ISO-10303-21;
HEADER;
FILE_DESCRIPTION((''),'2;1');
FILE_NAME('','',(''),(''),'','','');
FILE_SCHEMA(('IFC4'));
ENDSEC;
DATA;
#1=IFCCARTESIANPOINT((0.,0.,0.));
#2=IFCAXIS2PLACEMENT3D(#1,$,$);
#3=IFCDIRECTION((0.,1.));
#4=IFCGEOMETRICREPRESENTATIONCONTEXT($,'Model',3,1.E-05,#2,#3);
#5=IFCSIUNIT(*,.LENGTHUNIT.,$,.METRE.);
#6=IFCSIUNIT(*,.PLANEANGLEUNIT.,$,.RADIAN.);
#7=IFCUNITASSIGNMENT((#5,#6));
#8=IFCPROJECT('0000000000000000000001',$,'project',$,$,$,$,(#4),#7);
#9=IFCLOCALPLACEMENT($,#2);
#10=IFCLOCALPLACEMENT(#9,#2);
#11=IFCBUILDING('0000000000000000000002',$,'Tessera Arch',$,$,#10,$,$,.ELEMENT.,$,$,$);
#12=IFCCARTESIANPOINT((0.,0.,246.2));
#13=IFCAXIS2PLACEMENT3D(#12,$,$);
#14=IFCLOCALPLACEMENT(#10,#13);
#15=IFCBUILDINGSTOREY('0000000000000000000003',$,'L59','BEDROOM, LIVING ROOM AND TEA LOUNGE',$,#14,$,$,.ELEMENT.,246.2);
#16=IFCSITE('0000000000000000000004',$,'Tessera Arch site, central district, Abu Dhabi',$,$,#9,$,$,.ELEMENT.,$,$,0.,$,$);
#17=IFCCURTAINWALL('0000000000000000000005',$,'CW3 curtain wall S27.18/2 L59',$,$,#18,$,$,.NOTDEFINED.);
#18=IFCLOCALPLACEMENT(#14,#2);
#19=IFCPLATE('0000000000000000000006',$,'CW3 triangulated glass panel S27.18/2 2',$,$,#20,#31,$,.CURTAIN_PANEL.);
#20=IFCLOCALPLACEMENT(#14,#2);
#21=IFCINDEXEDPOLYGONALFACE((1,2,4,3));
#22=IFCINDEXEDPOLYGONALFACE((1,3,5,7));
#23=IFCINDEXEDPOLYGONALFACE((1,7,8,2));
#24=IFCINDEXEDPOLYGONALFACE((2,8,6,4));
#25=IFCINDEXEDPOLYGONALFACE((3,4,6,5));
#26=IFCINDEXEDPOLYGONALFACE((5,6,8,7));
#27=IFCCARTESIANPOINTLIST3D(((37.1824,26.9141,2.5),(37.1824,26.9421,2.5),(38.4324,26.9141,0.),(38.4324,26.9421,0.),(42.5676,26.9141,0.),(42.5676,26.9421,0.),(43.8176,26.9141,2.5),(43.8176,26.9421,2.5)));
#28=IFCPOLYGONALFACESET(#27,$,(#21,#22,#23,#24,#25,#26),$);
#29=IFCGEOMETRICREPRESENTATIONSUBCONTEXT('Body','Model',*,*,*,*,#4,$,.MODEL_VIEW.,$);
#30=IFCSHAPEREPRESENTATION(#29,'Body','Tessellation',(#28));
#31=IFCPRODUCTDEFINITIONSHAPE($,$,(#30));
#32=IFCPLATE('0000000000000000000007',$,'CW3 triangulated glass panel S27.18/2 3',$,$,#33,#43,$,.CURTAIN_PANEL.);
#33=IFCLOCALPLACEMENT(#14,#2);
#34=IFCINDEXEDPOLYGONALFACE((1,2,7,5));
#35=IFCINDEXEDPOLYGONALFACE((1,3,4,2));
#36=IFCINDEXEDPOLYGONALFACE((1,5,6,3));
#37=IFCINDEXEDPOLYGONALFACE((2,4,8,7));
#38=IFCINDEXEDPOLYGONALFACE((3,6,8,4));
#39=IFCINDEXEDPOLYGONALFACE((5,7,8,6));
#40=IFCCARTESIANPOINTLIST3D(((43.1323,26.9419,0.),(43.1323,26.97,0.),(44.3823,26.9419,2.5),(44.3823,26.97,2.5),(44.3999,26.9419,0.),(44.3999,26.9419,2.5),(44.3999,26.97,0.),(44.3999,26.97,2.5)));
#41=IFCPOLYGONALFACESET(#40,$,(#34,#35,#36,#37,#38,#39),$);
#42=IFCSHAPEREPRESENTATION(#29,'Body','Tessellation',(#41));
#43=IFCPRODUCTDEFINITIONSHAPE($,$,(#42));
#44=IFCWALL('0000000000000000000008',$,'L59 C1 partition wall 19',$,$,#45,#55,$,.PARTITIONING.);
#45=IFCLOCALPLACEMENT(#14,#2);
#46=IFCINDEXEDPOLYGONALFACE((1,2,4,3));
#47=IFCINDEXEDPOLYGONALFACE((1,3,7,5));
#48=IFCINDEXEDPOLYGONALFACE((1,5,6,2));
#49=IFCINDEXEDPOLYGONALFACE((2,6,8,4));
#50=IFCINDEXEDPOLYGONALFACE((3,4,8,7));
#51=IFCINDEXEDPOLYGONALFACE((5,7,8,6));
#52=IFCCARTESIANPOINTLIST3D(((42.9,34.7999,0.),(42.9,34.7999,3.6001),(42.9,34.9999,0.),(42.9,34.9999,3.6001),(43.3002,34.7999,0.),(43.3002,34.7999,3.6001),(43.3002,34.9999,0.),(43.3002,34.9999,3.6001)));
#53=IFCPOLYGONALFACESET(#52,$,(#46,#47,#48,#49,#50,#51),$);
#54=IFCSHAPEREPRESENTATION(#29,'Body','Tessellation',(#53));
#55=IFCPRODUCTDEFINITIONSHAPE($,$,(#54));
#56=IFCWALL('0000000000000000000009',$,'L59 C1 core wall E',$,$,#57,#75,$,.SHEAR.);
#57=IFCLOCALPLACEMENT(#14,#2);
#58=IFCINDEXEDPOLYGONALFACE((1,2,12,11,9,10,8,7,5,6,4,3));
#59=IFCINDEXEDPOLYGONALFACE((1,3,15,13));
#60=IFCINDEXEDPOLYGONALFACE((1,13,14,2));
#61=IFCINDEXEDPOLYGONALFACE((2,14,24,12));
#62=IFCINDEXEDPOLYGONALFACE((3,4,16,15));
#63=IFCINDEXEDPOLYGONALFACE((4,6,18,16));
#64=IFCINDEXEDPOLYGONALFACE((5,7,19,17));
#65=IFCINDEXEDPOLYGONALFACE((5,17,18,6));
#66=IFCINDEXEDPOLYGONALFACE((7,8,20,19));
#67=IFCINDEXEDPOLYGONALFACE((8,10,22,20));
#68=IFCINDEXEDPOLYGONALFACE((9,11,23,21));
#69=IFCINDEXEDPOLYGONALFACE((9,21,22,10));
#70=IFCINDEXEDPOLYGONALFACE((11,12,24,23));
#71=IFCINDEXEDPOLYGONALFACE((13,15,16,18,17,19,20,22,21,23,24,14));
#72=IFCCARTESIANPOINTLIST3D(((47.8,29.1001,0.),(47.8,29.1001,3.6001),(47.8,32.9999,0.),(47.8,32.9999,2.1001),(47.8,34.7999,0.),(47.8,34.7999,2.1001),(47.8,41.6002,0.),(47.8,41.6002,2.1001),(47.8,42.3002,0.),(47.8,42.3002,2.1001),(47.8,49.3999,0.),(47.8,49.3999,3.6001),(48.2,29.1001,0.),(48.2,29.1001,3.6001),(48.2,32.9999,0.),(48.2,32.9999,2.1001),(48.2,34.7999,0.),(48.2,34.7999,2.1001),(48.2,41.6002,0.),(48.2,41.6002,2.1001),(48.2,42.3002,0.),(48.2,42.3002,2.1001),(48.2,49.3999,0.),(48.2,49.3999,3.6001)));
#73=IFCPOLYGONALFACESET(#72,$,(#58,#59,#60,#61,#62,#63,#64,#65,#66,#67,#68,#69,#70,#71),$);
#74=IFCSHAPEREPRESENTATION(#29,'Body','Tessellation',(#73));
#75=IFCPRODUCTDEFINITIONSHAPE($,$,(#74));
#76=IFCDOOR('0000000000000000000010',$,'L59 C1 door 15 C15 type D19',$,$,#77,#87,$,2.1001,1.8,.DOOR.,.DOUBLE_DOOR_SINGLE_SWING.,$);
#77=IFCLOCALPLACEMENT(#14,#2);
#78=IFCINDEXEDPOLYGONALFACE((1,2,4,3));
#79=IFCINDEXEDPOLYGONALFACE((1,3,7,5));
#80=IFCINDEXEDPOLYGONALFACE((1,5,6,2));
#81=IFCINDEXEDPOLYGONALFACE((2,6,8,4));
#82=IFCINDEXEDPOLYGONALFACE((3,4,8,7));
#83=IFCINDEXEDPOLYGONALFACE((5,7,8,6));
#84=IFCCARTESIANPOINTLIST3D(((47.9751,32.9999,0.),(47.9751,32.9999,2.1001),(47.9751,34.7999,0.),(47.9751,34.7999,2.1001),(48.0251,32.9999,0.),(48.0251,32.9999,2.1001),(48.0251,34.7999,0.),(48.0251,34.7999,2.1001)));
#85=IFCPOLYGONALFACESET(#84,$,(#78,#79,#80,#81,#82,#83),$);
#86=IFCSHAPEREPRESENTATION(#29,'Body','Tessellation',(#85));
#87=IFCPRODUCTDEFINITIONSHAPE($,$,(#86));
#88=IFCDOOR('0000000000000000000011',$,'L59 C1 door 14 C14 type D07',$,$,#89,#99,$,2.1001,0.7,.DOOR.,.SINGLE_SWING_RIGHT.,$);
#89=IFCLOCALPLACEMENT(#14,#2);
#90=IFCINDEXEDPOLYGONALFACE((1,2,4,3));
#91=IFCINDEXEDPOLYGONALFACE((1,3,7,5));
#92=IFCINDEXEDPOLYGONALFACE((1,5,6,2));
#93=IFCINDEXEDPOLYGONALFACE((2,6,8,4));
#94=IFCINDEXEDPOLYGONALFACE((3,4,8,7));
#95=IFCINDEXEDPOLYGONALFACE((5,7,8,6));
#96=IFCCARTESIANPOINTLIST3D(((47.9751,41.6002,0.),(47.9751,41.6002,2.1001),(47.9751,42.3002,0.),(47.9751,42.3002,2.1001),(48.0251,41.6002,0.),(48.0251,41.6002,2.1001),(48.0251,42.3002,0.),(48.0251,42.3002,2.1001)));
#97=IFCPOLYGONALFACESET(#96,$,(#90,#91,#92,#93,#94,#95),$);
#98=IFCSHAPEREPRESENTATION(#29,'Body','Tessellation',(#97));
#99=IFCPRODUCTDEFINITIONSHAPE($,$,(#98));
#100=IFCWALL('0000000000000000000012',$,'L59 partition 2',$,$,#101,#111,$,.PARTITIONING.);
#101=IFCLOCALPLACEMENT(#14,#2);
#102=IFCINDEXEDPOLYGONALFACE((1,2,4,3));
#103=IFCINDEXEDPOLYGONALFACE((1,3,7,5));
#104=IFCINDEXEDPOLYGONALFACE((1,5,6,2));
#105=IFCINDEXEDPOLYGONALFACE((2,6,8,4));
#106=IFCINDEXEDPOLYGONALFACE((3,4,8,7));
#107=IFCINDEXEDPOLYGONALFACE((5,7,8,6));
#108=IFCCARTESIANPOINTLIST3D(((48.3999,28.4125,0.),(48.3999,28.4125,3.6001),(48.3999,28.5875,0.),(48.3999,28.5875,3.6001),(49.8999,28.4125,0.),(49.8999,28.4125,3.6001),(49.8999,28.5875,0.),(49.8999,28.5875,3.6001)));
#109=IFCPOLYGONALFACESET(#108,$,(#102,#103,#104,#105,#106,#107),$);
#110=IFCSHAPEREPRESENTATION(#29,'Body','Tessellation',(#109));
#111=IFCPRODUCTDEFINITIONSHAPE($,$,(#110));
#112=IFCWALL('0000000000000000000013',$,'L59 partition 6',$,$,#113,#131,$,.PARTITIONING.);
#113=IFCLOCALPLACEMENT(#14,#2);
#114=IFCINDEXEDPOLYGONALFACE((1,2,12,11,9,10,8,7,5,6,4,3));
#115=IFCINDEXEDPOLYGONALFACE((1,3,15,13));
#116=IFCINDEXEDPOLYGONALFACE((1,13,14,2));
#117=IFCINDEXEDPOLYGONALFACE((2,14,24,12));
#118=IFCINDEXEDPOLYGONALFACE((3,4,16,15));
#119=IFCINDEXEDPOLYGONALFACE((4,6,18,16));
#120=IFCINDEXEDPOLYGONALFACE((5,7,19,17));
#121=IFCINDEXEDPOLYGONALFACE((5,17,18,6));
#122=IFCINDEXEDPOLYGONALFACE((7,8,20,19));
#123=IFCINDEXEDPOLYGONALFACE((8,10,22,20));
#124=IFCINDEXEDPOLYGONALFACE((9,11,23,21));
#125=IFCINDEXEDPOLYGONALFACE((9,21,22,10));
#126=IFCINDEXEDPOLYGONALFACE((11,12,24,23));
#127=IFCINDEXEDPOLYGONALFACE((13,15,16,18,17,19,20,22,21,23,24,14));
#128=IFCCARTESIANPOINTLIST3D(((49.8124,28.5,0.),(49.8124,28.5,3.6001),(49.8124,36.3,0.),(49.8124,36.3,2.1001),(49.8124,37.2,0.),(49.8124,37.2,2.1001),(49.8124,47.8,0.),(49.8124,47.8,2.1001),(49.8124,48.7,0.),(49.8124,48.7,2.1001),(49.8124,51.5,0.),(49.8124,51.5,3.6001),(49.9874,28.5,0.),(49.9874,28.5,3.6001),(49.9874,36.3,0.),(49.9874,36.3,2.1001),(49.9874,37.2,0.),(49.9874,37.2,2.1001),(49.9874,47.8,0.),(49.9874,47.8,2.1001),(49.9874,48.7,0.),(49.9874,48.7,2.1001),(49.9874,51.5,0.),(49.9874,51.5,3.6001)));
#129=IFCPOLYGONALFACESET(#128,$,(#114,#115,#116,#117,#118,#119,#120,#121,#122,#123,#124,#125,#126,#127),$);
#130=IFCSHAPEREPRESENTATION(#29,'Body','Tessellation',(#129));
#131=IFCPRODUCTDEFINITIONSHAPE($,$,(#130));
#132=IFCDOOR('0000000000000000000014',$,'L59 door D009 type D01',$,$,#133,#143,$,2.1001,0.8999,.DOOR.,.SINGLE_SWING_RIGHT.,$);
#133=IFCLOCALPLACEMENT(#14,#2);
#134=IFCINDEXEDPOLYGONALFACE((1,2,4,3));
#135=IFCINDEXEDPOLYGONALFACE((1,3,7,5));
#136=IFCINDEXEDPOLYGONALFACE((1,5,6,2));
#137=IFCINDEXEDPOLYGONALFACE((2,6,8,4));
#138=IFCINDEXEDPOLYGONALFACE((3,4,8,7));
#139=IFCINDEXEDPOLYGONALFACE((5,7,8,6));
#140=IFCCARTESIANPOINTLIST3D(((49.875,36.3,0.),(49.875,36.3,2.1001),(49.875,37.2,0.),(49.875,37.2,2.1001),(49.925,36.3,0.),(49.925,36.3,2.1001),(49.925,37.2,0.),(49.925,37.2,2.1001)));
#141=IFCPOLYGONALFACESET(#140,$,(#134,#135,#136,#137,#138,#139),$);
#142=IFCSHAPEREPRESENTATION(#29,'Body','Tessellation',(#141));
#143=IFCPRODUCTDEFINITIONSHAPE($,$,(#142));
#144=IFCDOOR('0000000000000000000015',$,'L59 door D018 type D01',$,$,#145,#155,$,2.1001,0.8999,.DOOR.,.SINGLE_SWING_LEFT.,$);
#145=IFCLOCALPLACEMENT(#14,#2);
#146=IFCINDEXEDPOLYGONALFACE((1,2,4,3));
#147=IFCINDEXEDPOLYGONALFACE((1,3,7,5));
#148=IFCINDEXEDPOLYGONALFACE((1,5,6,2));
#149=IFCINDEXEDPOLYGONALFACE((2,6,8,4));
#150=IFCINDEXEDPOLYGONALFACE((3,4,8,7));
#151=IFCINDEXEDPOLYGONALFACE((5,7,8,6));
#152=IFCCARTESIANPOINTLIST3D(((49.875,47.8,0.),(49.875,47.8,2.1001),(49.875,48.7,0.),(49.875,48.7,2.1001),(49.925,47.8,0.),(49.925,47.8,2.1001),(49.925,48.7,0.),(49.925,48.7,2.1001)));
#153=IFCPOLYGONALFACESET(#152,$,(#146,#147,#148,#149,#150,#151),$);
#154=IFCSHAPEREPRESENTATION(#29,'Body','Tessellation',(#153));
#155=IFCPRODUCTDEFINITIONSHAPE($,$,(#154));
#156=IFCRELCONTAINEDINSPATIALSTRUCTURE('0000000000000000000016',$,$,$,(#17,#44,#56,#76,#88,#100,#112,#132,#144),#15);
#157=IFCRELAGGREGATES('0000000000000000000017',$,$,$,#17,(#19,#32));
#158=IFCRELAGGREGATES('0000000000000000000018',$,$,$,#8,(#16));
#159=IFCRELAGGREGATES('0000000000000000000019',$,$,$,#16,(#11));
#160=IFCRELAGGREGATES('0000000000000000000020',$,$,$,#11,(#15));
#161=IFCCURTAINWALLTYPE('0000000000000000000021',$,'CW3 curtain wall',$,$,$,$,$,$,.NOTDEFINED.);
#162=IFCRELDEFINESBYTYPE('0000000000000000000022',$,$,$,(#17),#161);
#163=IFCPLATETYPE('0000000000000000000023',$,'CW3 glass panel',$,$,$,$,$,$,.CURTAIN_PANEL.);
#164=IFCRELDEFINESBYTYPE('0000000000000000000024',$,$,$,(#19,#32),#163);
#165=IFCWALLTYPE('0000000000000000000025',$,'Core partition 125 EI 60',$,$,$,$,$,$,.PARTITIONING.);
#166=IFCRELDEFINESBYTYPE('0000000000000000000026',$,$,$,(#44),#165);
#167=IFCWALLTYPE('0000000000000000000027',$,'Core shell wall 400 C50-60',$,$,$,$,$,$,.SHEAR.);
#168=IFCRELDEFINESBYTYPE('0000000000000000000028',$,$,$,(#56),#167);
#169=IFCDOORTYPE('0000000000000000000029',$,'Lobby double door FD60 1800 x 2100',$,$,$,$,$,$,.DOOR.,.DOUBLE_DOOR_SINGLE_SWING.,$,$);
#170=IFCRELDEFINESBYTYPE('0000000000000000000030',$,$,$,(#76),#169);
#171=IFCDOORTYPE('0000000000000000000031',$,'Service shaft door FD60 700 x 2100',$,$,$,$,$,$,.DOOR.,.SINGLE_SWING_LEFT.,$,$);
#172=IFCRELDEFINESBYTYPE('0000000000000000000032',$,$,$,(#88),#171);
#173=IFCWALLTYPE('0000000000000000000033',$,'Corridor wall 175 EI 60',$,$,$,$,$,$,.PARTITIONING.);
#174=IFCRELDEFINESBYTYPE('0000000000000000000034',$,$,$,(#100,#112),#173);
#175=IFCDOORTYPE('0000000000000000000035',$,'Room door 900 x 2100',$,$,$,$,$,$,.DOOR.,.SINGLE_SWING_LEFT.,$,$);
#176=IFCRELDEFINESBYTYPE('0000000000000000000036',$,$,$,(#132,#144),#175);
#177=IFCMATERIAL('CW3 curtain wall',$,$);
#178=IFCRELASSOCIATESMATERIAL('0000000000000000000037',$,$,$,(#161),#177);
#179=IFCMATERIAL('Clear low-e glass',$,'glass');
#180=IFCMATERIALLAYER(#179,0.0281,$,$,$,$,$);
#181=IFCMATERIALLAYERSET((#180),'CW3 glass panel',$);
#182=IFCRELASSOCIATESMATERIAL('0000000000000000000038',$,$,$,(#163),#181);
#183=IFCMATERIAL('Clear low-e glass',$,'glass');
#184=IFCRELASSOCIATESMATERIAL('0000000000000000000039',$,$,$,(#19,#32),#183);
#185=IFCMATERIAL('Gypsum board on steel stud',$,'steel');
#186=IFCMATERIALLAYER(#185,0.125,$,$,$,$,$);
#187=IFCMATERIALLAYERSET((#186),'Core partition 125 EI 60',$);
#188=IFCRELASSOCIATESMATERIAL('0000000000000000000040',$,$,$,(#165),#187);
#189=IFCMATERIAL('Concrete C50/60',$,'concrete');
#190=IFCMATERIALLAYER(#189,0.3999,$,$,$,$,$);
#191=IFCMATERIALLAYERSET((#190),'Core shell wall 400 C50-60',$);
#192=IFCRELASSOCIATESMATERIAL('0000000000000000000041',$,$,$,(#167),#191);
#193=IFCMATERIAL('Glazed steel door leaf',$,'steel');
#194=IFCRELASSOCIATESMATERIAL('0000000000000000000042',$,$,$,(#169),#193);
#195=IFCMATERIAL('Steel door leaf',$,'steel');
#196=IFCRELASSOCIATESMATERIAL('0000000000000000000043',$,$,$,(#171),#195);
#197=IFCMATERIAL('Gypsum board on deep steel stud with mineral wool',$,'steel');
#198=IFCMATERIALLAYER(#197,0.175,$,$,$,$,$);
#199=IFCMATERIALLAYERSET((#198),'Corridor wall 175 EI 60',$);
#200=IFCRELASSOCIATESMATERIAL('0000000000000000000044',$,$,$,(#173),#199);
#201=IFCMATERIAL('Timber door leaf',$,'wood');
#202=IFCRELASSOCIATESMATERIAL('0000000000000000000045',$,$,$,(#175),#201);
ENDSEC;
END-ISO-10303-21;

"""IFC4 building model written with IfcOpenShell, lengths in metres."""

from ifc_helpers import new_model, si_unit, direction, frame, frame_2d, origin, place, context, subcontext, project, spatial, polyline, rectangle, outline, extrude, material, layer, layer_set, type_object, element, fill, aggregate, save


model = new_model("IFC4")

# Units and contexts
model_context = context("Model", 3, precision=1e-05, world=origin(), true_north=direction((0.0, 1.0)))
body_context = subcontext(model_context, "Body", "Model", "MODEL_VIEW")
ifc_project = project(units=[si_unit("LENGTHUNIT", "METRE"), si_unit("PLANEANGLEUNIT", "RADIAN")], contexts=[model_context])

# Site, building, storey
site_placement = place(None, origin())
site = spatial("IfcSite", under=ifc_project, at=site_placement, Name="Tessera Arch site, central district, Abu Dhabi", CompositionType="ELEMENT", RefElevation=0.0)
building_placement = place(site_placement, origin())
building = spatial("IfcBuilding", under=site, at=building_placement, Name="Tessera Arch", CompositionType="ELEMENT")
storey_placement = place(building_placement, frame((0.0, 0.0, 246.2)))
storey = spatial("IfcBuildingStorey", under=building, at=storey_placement, Name="L59", Description="BEDROOM, LIVING ROOM AND TEA LOUNGE", CompositionType="ELEMENT", Elevation=246.2)

# Shared definitions
ifc_material_1 = material(Name="CW3 curtain wall")
curtain_wall_type_1 = type_object("IfcCurtainWallType", Name="CW3 curtain wall", PredefinedType="NOTDEFINED", material=ifc_material_1)

# Shared definitions
ifc_material_2 = material(Name="Clear low-e glass", Category="glass")

# Curtain wall, plates
curtain_wall_1_placement = place(storey_placement, origin())
curtain_wall_1 = element("IfcCurtainWall", 1, at=curtain_wall_1_placement, inside=storey, type_object=curtain_wall_type_1, Name="CW3 curtain wall S27.18/2 L59", PredefinedType="NOTDEFINED")
ifc_material_3 = material(Name="Clear low-e glass", Category="glass")
ifc_layer_1 = layer(ifc_material_3, 0.0281)
ifc_layer_set_1 = layer_set([ifc_layer_1], Name="CW3 glass panel")
plate_type_1 = type_object("IfcPlateType", Name="CW3 glass panel", PredefinedType="CURTAIN_PANEL", material=ifc_layer_set_1)
plate_1_placement = place(storey_placement, frame((43.8176, 26.9141, 2.5), z_axis=(0.0, -1.0, 0.0), x_axis=(-1.0, 0.0, 0.0)))
plate_1 = element("IfcPlate", 2, at=plate_1_placement, type_object=plate_type_1, material=ifc_material_2, Name="CW3 triangulated glass panel S27.18/2 2", PredefinedType="CURTAIN_PANEL", context=body_context, shape_type="SweptSolid", body=[
    extrude(outline(polyline([(0.0, 0.0), (6.6353, 0.0), (5.3853, 2.5), (1.25, 2.5), (0.0, 0.0)])), origin(), (0.0, 0.0, -1.0), 0.0281),
])
plate_2_placement = place(storey_placement, frame((44.3999, 26.9419, 2.5), z_axis=(0.0, -1.0, 0.0), x_axis=(-1.0, 0.0, 0.0)))
plate_2 = element("IfcPlate", 3, at=plate_2_placement, type_object=plate_type_1, material=ifc_material_2, Name="CW3 triangulated glass panel S27.18/2 3", PredefinedType="CURTAIN_PANEL", context=body_context, shape_type="SweptSolid", body=[
    extrude(outline(polyline([(0.0, 0.0), (0.0176, 0.0), (1.2676, 2.5), (0.0, 2.5), (0.0, 0.0)])), origin(), (0.0, 0.0, -1.0), 0.0281),
])
aggregate(curtain_wall_1, [plate_1, plate_2])

# Wall
ifc_material_4 = material(Name="Gypsum board on steel stud", Category="steel")
ifc_layer_2 = layer(ifc_material_4, 0.125)
ifc_layer_set_2 = layer_set([ifc_layer_2], Name="Core partition 125 EI 60")
wall_type_1 = type_object("IfcWallType", Name="Core partition 125 EI 60", PredefinedType="PARTITIONING", material=ifc_layer_set_2)
wall_1_placement = place(storey_placement, frame((42.8999, 34.8999, 0.0), z_axis=(0.0, 0.0, 1.0), x_axis=(1.0, 0.0, 0.0)))
element("IfcWall", 4, at=wall_1_placement, inside=storey, type_object=wall_type_1, Name="L59 C1 partition wall 19", PredefinedType="PARTITIONING", context=body_context, shape_type="SweptSolid", body=[
    extrude(rectangle(XDim=0.4001, YDim=0.2, at=frame_2d((0.2002, 0.0))), origin(), (0.0, 0.0, 1.0), 3.6001),
])

# Wall, openings, doors
ifc_material_5 = material(Name="Concrete C50/60", Category="concrete")
ifc_layer_3 = layer(ifc_material_5, 0.3999)
ifc_layer_set_3 = layer_set([ifc_layer_3], Name="Core shell wall 400 C50-60")
wall_type_2 = type_object("IfcWallType", Name="Core shell wall 400 C50-60", PredefinedType="SHEAR", material=ifc_layer_set_3)
wall_2_placement = place(storey_placement, frame((48.0, 29.1001, 0.0), z_axis=(0.0, 0.0, 1.0), x_axis=(0.0, 1.0, 0.0)))
wall_2 = element("IfcWall", 5, at=wall_2_placement, inside=storey, type_object=wall_type_2, Name="L59 C1 core wall E", PredefinedType="SHEAR", context=body_context, shape_type="SweptSolid", body=[
    extrude(rectangle(XDim=20.2998, YDim=0.3999, at=frame_2d((10.1499, 0.0))), origin(), (0.0, 0.0, 1.0), 3.6001),
])
opening_1_placement = place(wall_2_placement, frame((12.5, 0.0, 0.0)))
opening_1 = element("IfcOpeningElement", 6, at=opening_1_placement, cuts=wall_2, PredefinedType="OPENING", context=body_context, shape_type="SweptSolid", body=[
    extrude(rectangle(XDim=0.7, YDim=2.1001, at=frame_2d((0.3501, 1.05))), frame((0.0, 0.21, 0.0), z_axis=(0.0, -1.0, 0.0), x_axis=(1.0, 0.0, 0.0)), (0.0, 0.0, 1.0), 0.4199),
])
opening_2_placement = place(wall_2_placement, frame((3.8999, 0.0, 0.0)))
opening_2 = element("IfcOpeningElement", 7, at=opening_2_placement, cuts=wall_2, PredefinedType="OPENING", context=body_context, shape_type="SweptSolid", body=[
    extrude(rectangle(XDim=1.8, YDim=2.1001, at=frame_2d((0.8999, 1.05))), frame((0.0, 0.21, 0.0), z_axis=(0.0, -1.0, 0.0), x_axis=(1.0, 0.0, 0.0)), (0.0, 0.0, 1.0), 0.4199),
])
ifc_material_6 = material(Name="Glazed steel door leaf", Category="steel")
door_type_1 = type_object("IfcDoorType", Name="Lobby double door FD60 1800 x 2100", OperationType="DOUBLE_DOOR_SINGLE_SWING", PredefinedType="DOOR", material=ifc_material_6)
door_1_placement = place(opening_2_placement, origin())
door_1 = element("IfcDoor", 8, at=door_1_placement, inside=storey, type_object=door_type_1, Name="L59 C1 door 15 C15 type D19", OperationType="DOUBLE_DOOR_SINGLE_SWING", OverallHeight=2.1001, OverallWidth=1.8, PredefinedType="DOOR", context=body_context, shape_type="SweptSolid", body=[
    extrude(rectangle(XDim=1.8, YDim=2.1001, at=frame_2d((0.8999, 1.05))), frame((0.0, 0.0249, 0.0), z_axis=(0.0, -1.0, 0.0), x_axis=(1.0, 0.0, 0.0)), (0.0, 0.0, 1.0), 0.05),
])
fill(opening_2, door_1)
ifc_material_7 = material(Name="Steel door leaf", Category="steel")
door_type_2 = type_object("IfcDoorType", Name="Service shaft door FD60 700 x 2100", OperationType="SINGLE_SWING_LEFT", PredefinedType="DOOR", material=ifc_material_7)
door_2_placement = place(opening_1_placement, origin())
door_2 = element("IfcDoor", 9, at=door_2_placement, inside=storey, type_object=door_type_2, Name="L59 C1 door 14 C14 type D07", OperationType="SINGLE_SWING_RIGHT", OverallHeight=2.1001, OverallWidth=0.7, PredefinedType="DOOR", context=body_context, shape_type="SweptSolid", body=[
    extrude(rectangle(XDim=0.7, YDim=2.1001, at=frame_2d((0.3501, 1.05))), frame((0.0, 0.0249, 0.0), z_axis=(0.0, -1.0, 0.0), x_axis=(1.0, 0.0, 0.0)), (0.0, 0.0, 1.0), 0.05),
])
fill(opening_1, door_2)

# Wall
ifc_material_8 = material(Name="Gypsum board on deep steel stud with mineral wool", Category="steel")
ifc_layer_4 = layer(ifc_material_8, 0.175)
ifc_layer_set_4 = layer_set([ifc_layer_4], Name="Corridor wall 175 EI 60")
wall_type_3 = type_object("IfcWallType", Name="Corridor wall 175 EI 60", PredefinedType="PARTITIONING", material=ifc_layer_set_4)
wall_3_placement = place(storey_placement, frame((48.3999, 28.5, 0.0), z_axis=(0.0, 0.0, 1.0), x_axis=(1.0, 0.0, 0.0)))
element("IfcWall", 10, at=wall_3_placement, inside=storey, type_object=wall_type_3, Name="L59 partition 2", PredefinedType="PARTITIONING", context=body_context, shape_type="SweptSolid", body=[
    extrude(rectangle(XDim=1.5, YDim=0.175, at=frame_2d((0.75, 0.0))), origin(), (0.0, 0.0, 1.0), 3.6001),
])

# Wall, openings, doors
wall_4_placement = place(storey_placement, frame((49.8999, 28.5, 0.0), z_axis=(0.0, 0.0, 1.0), x_axis=(0.0, 1.0, 0.0)))
wall_4 = element("IfcWall", 11, at=wall_4_placement, inside=storey, type_object=wall_type_3, Name="L59 partition 6", PredefinedType="PARTITIONING", context=body_context, shape_type="SweptSolid", body=[
    extrude(rectangle(XDim=23.0, YDim=0.175, at=frame_2d((11.5, 0.0))), origin(), (0.0, 0.0, 1.0), 3.6001),
])
opening_3_placement = place(wall_4_placement, frame((7.8, 0.0, 0.0)))
opening_3 = element("IfcOpeningElement", 12, at=opening_3_placement, cuts=wall_4, PredefinedType="OPENING", context=body_context, shape_type="SweptSolid", body=[
    extrude(rectangle(XDim=0.8999, YDim=2.1001, at=frame_2d((0.45, 1.05))), frame((0.0, 0.0974, 0.0), z_axis=(0.0, -1.0, 0.0), x_axis=(1.0, 0.0, 0.0)), (0.0, 0.0, 1.0), 0.1951),
])
opening_4_placement = place(wall_4_placement, frame((19.3, 0.0, 0.0)))
opening_4 = element("IfcOpeningElement", 13, at=opening_4_placement, cuts=wall_4, PredefinedType="OPENING", context=body_context, shape_type="SweptSolid", body=[
    extrude(rectangle(XDim=0.8999, YDim=2.1001, at=frame_2d((0.45, 1.05))), frame((0.0, 0.0974, 0.0), z_axis=(0.0, -1.0, 0.0), x_axis=(1.0, 0.0, 0.0)), (0.0, 0.0, 1.0), 0.1951),
])
ifc_material_9 = material(Name="Timber door leaf", Category="wood")
door_type_3 = type_object("IfcDoorType", Name="Room door 900 x 2100", OperationType="SINGLE_SWING_LEFT", PredefinedType="DOOR", material=ifc_material_9)
door_3_placement = place(opening_3_placement, origin())
door_3 = element("IfcDoor", 14, at=door_3_placement, inside=storey, type_object=door_type_3, Name="L59 door D009 type D01", OperationType="SINGLE_SWING_RIGHT", OverallHeight=2.1001, OverallWidth=0.8999, PredefinedType="DOOR", context=body_context, shape_type="SweptSolid", body=[
    extrude(rectangle(XDim=0.8999, YDim=2.1001, at=frame_2d((0.45, 1.05))), frame((0.0, 0.0249, 0.0), z_axis=(0.0, -1.0, 0.0), x_axis=(1.0, 0.0, 0.0)), (0.0, 0.0, 1.0), 0.05),
])
fill(opening_3, door_3)
door_4_placement = place(opening_4_placement, origin())
door_4 = element("IfcDoor", 15, at=door_4_placement, inside=storey, type_object=door_type_3, Name="L59 door D018 type D01", OperationType="SINGLE_SWING_LEFT", OverallHeight=2.1001, OverallWidth=0.8999, PredefinedType="DOOR", context=body_context, shape_type="SweptSolid", body=[
    extrude(rectangle(XDim=0.8999, YDim=2.1001, at=frame_2d((0.45, 1.05))), frame((0.0, 0.0249, 0.0), z_axis=(0.0, -1.0, 0.0), x_axis=(1.0, 0.0, 0.0)), (0.0, 0.0, 1.0), 0.05),
])
fill(opening_4, door_4)

save(model, "model.ifc")
